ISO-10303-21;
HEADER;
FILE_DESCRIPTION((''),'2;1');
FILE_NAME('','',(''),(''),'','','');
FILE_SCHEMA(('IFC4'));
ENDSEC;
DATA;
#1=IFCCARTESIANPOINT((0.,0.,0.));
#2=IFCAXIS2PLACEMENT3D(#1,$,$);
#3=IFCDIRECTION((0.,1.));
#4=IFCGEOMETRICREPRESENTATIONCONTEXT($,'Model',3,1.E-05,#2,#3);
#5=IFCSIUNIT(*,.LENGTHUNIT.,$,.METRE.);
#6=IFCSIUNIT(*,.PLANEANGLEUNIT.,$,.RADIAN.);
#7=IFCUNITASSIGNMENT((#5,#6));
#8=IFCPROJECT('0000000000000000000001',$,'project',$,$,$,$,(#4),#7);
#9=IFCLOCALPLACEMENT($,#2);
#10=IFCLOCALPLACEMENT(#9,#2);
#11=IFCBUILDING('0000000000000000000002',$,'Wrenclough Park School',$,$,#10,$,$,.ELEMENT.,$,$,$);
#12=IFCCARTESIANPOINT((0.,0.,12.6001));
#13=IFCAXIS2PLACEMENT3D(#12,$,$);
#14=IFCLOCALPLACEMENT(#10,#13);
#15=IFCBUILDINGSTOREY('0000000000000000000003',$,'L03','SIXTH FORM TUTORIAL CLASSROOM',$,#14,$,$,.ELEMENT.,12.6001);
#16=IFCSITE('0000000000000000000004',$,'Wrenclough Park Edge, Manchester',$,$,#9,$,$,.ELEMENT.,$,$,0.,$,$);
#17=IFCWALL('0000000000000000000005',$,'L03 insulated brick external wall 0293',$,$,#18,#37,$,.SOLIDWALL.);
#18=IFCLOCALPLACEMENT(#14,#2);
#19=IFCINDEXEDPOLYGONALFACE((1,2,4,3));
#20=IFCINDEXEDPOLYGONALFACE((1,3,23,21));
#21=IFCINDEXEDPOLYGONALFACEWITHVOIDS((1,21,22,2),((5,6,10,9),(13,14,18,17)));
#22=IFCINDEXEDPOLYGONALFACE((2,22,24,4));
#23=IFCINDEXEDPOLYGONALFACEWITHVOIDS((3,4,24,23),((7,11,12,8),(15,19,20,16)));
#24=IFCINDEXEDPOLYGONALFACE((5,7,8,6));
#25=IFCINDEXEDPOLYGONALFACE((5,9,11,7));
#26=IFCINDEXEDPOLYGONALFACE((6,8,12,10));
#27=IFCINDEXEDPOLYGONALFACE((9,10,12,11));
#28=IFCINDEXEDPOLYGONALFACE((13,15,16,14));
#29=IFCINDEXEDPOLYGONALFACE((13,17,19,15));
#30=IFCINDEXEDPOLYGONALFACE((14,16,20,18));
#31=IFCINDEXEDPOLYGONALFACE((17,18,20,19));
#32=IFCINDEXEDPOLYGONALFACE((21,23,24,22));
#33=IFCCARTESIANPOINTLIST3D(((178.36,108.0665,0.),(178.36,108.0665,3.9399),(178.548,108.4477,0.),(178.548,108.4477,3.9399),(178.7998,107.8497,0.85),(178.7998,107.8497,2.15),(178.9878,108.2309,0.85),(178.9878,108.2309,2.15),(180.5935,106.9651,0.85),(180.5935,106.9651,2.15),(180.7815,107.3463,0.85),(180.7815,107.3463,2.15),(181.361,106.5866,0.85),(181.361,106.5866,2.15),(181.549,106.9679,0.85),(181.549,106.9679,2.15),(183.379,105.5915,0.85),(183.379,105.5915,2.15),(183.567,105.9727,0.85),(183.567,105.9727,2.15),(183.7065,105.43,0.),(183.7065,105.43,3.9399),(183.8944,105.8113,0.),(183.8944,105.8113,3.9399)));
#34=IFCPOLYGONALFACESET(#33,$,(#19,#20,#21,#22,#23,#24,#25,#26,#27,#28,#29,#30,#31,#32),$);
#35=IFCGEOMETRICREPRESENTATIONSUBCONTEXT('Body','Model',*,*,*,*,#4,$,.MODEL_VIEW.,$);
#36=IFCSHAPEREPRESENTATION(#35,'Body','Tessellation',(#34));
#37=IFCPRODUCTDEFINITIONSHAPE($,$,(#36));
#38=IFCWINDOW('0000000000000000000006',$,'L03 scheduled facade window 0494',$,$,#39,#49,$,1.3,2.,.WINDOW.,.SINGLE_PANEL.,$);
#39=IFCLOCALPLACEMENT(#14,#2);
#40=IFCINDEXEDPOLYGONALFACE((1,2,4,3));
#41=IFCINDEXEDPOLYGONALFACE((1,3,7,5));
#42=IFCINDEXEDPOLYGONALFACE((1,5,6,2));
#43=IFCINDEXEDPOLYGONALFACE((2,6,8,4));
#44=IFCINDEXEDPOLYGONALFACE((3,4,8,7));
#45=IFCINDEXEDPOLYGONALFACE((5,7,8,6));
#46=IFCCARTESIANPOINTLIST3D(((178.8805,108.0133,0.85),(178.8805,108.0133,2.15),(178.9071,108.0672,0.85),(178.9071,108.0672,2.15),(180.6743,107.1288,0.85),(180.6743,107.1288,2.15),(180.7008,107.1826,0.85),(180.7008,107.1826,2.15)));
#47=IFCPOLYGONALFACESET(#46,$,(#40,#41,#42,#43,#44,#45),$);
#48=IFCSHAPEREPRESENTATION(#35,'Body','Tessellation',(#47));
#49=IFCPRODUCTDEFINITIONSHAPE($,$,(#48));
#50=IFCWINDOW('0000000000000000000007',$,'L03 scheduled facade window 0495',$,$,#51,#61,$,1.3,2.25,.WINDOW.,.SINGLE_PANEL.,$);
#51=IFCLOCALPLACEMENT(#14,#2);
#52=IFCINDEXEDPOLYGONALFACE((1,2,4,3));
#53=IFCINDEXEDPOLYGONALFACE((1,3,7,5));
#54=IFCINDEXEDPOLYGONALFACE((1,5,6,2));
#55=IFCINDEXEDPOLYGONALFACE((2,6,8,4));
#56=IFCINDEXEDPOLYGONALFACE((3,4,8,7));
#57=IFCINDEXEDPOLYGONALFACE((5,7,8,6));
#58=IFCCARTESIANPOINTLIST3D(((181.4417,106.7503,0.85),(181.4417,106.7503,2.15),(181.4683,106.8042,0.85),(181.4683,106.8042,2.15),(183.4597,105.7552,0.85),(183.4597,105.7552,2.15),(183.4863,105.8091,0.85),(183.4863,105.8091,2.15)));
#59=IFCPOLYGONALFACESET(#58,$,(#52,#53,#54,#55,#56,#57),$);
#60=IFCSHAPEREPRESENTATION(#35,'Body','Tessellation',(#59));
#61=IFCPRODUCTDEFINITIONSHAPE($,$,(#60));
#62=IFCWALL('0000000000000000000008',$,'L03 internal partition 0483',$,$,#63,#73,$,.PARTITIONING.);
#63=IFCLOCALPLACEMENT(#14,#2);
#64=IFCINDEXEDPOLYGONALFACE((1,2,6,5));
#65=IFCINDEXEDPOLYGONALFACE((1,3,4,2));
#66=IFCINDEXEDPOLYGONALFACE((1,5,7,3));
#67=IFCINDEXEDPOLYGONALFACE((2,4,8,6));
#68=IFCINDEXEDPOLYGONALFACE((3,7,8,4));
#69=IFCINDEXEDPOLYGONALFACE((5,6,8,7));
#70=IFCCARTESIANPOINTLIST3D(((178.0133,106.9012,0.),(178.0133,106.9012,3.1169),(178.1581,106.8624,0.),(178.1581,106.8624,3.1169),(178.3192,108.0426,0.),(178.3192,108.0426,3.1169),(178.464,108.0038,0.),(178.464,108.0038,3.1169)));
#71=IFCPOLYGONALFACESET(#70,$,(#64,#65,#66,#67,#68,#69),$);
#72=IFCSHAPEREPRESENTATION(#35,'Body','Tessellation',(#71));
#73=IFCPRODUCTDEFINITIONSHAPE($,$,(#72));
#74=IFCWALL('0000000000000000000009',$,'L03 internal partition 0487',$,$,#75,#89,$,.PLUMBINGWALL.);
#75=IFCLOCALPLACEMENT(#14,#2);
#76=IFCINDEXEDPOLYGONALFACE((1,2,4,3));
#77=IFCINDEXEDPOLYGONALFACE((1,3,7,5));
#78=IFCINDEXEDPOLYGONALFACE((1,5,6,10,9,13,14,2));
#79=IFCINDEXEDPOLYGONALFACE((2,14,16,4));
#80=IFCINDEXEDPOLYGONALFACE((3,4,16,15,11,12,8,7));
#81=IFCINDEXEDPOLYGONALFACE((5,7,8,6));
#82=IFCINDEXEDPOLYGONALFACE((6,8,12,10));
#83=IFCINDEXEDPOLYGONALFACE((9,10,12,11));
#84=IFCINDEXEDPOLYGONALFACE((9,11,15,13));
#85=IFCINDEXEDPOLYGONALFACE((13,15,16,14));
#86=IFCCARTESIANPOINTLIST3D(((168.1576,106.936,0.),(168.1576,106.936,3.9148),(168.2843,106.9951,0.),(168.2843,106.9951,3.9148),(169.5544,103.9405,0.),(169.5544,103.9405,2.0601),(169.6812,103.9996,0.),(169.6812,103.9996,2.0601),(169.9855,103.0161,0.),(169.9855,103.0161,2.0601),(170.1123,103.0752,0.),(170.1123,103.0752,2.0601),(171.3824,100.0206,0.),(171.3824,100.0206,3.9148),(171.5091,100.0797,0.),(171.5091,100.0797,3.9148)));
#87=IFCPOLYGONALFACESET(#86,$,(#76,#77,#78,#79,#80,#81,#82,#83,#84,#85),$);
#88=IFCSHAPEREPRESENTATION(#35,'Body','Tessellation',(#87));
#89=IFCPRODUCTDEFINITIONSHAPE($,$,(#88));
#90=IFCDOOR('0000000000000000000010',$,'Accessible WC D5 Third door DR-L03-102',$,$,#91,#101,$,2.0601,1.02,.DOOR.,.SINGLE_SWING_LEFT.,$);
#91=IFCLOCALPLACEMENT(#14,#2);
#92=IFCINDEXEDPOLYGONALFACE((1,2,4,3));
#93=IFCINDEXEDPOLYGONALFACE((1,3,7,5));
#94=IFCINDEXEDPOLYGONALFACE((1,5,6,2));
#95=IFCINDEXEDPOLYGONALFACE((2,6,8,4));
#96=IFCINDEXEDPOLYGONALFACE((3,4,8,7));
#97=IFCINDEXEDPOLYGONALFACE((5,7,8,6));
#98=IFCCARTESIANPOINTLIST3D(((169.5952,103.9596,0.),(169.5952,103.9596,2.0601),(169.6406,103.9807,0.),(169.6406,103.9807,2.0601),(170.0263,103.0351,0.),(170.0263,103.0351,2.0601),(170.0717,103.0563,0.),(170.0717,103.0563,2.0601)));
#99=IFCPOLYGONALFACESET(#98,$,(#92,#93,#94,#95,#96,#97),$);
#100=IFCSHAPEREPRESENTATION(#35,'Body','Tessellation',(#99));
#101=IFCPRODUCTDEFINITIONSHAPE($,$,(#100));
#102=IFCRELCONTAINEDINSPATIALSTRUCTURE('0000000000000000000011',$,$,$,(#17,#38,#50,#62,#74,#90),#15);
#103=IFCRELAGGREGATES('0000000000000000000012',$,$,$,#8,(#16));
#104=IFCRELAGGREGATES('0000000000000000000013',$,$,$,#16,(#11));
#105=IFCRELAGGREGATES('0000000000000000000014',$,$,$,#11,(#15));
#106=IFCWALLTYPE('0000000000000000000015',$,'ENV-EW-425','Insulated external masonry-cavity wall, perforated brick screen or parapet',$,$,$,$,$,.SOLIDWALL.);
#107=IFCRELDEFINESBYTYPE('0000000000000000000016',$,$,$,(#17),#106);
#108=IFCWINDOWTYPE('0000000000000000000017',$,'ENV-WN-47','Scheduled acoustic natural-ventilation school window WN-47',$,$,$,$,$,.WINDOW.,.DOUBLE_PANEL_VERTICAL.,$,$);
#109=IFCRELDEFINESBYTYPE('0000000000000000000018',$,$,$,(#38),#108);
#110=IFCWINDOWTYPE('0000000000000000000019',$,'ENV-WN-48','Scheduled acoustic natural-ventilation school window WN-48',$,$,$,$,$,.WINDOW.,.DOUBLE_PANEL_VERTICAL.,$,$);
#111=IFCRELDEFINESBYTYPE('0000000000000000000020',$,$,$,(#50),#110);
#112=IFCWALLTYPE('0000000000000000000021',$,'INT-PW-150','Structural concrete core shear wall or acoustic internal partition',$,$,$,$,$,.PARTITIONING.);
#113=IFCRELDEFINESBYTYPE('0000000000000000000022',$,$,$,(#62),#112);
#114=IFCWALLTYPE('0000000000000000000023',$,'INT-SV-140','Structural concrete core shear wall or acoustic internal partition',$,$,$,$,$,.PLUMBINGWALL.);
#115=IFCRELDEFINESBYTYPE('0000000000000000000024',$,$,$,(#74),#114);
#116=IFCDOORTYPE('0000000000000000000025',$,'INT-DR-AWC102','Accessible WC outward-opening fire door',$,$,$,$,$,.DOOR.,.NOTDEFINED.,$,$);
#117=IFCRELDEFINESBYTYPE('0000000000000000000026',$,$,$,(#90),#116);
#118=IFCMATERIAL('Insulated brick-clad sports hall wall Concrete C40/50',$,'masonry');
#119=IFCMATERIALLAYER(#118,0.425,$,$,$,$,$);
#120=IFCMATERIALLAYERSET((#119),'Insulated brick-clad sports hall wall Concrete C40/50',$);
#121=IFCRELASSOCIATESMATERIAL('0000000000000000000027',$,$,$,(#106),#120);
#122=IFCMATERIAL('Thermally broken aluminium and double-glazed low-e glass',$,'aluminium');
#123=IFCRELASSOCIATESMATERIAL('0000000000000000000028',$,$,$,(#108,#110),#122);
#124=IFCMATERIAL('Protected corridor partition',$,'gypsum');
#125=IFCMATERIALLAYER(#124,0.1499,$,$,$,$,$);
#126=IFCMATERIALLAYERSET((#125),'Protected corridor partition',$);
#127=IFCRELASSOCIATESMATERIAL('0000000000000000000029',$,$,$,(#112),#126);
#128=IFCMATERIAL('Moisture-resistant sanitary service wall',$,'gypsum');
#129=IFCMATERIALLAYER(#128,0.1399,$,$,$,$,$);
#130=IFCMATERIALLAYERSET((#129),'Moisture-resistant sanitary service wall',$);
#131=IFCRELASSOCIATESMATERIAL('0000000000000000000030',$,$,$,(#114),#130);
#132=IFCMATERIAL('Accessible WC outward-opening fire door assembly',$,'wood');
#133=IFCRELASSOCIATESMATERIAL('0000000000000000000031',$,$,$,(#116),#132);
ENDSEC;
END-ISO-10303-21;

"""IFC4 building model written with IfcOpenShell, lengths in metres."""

from ifc_helpers import new_model, si_unit, direction, frame, frame_2d, origin, place, context, subcontext, project, spatial, rectangle, extrude, material, layer, layer_set, type_object, element, fill, save


model = new_model("IFC4")

# Units and contexts
model_context = context("Model", 3, precision=1e-05, world=origin(), true_north=direction((0.0, 1.0)))
body_context = subcontext(model_context, "Body", "Model", "MODEL_VIEW")
ifc_project = project(units=[si_unit("LENGTHUNIT", "METRE"), si_unit("PLANEANGLEUNIT", "RADIAN")], contexts=[model_context])

# Site, building, storey
site_placement = place(None, origin())
site = spatial("IfcSite", under=ifc_project, at=site_placement, Name="Wrenclough Park Edge, Manchester", CompositionType="ELEMENT", RefElevation=0.0)
building_placement = place(site_placement, origin())
building = spatial("IfcBuilding", under=site, at=building_placement, Name="Wrenclough Park School", CompositionType="ELEMENT")
storey_placement = place(building_placement, frame((0.0, 0.0, 12.6001)))
storey = spatial("IfcBuildingStorey", under=building, at=storey_placement, Name="L03", Description="SIXTH FORM TUTORIAL CLASSROOM", CompositionType="ELEMENT", Elevation=12.6001)

# Wall, openings, windows
ifc_material_1 = material(Name="Thermally broken aluminium and double-glazed low-e glass", Category="aluminium")
ifc_material_2 = material(Name="Insulated brick-clad sports hall wall Concrete C40/50", Category="masonry")
ifc_layer_1 = layer(ifc_material_2, 0.425)
ifc_layer_set_1 = layer_set([ifc_layer_1], Name="Insulated brick-clad sports hall wall Concrete C40/50")
wall_type_1 = type_object("IfcWallType", Name="ENV-EW-425", Description="Insulated external masonry-cavity wall, perforated brick screen or parapet", PredefinedType="SOLIDWALL", material=ifc_layer_set_1)
wall_1_placement = place(storey_placement, frame((178.4541, 108.2571, 0.0), z_axis=(0.0, 0.0, 1.0), x_axis=(0.896879, -0.442276, 0.0)))
wall_1 = element("IfcWall", 1, at=wall_1_placement, inside=storey, type_object=wall_type_1, Name="L03 insulated brick external wall 0293", PredefinedType="SOLIDWALL", context=body_context, shape_type="SweptSolid", body=[
    extrude(rectangle(XDim=5.9612, YDim=0.425, at=frame_2d((2.9805, 0.0))), origin(), (0.0, 0.0, 1.0), 3.9399),
])
opening_1_placement = place(wall_1_placement, frame((0.4902, 0.0, 0.8501)))
opening_1 = element("IfcOpeningElement", 2, at=opening_1_placement, cuts=wall_1, PredefinedType="OPENING", context=body_context, shape_type="SweptSolid", body=[
    extrude(rectangle(XDim=2.0, YDim=1.3, at=frame_2d((1.0, 0.6499))), frame((0.0, 0.2224, 0.0), z_axis=(0.0, -1.0, 0.0), x_axis=(1.0, 0.0, 0.0)), (0.0, 0.0, 1.0), 0.4451),
])
opening_2_placement = place(wall_1_placement, frame((3.3459, 0.0, 0.8501)))
opening_2 = element("IfcOpeningElement", 3, at=opening_2_placement, cuts=wall_1, PredefinedType="OPENING", context=body_context, shape_type="SweptSolid", body=[
    extrude(rectangle(XDim=2.25, YDim=1.3, at=frame_2d((1.125, 0.6499))), frame((0.0, 0.2224, 0.0), z_axis=(0.0, -1.0, 0.0), x_axis=(1.0, 0.0, 0.0)), (0.0, 0.0, 1.0), 0.4451),
])
window_type_1 = type_object("IfcWindowType", Name="ENV-WN-47", Description="Scheduled acoustic natural-ventilation school window WN-47", PartitioningType="DOUBLE_PANEL_VERTICAL", PredefinedType="WINDOW", material=ifc_material_1)
window_1_placement = place(opening_1_placement, origin())
window_1 = element("IfcWindow", 4, at=window_1_placement, inside=storey, type_object=window_type_1, Name="L03 scheduled facade window 0494", OverallHeight=1.3, OverallWidth=2.0, PartitioningType="SINGLE_PANEL", PredefinedType="WINDOW", context=body_context, shape_type="SweptSolid", body=[
    extrude(rectangle(XDim=2.0, YDim=1.3, at=frame_2d((1.0, 0.6499))), frame((0.0, 0.03, 0.0), z_axis=(0.0, -1.0, 0.0), x_axis=(1.0, 0.0, 0.0)), (0.0, 0.0, 1.0), 0.0601),
])
fill(opening_1, window_1)
window_type_2 = type_object("IfcWindowType", Name="ENV-WN-48", Description="Scheduled acoustic natural-ventilation school window WN-48", PartitioningType="DOUBLE_PANEL_VERTICAL", PredefinedType="WINDOW", material=ifc_material_1)
window_2_placement = place(opening_2_placement, origin())
window_2 = element("IfcWindow", 5, at=window_2_placement, inside=storey, type_object=window_type_2, Name="L03 scheduled facade window 0495", OverallHeight=1.3, OverallWidth=2.25, PartitioningType="SINGLE_PANEL", PredefinedType="WINDOW", context=body_context, shape_type="SweptSolid", body=[
    extrude(rectangle(XDim=2.25, YDim=1.3, at=frame_2d((1.125, 0.6499))), frame((0.0, 0.03, 0.0), z_axis=(0.0, -1.0, 0.0), x_axis=(1.0, 0.0, 0.0)), (0.0, 0.0, 1.0), 0.0601),
])
fill(opening_2, window_2)

# Wall
ifc_material_3 = material(Name="Protected corridor partition", Category="gypsum")
ifc_layer_2 = layer(ifc_material_3, 0.1499)
ifc_layer_set_2 = layer_set([ifc_layer_2], Name="Protected corridor partition")
wall_type_2 = type_object("IfcWallType", Name="INT-PW-150", Description="Structural concrete core shear wall or acoustic internal partition", PredefinedType="PARTITIONING", material=ifc_layer_set_2)
wall_2_placement = place(storey_placement, frame((178.3916, 108.0232, 0.0), z_axis=(0.0, 0.0, 1.0), x_axis=(-0.258884, -0.965908, 0.0)))
element("IfcWall", 6, at=wall_2_placement, inside=storey, type_object=wall_type_2, Name="L03 internal partition 0483", PredefinedType="PARTITIONING", context=body_context, shape_type="SweptSolid", body=[
    extrude(rectangle(XDim=1.1816, YDim=0.1499, at=frame_2d((0.5908, 0.0))), origin(), (0.0, 0.0, 1.0), 3.1169),
])

# Wall, opening, door
ifc_material_4 = material(Name="Moisture-resistant sanitary service wall", Category="gypsum")
ifc_layer_3 = layer(ifc_material_4, 0.1399)
ifc_layer_set_3 = layer_set([ifc_layer_3], Name="Moisture-resistant sanitary service wall")
wall_type_3 = type_object("IfcWallType", Name="INT-SV-140", Description="Structural concrete core shear wall or acoustic internal partition", PredefinedType="PLUMBINGWALL", material=ifc_layer_set_3)
wall_3_placement = place(storey_placement, frame((168.2209, 106.9656, 0.0), z_axis=(0.0, 0.0, 1.0), x_axis=(0.422628, -0.906303, 0.0)))
wall_3 = element("IfcWall", 7, at=wall_3_placement, inside=storey, type_object=wall_type_3, Name="L03 internal partition 0487", PredefinedType="PLUMBINGWALL", context=body_context, shape_type="SweptSolid", body=[
    extrude(rectangle(XDim=7.6304, YDim=0.1399, at=frame_2d((3.8152, 0.0))), origin(), (0.0, 0.0, 1.0), 3.9148),
])
opening_3_placement = place(wall_3_placement, frame((3.3052, 0.0, 0.0)))
opening_3 = element("IfcOpeningElement", 8, at=opening_3_placement, cuts=wall_3, PredefinedType="OPENING", context=body_context, shape_type="SweptSolid", body=[
    extrude(rectangle(XDim=1.02, YDim=2.0601, at=frame_2d((0.51, 1.03))), frame((0.0, 0.0798, 0.0), z_axis=(0.0, -1.0, 0.0), x_axis=(1.0, 0.0, 0.0)), (0.0, 0.0, 1.0), 0.1599),
])
ifc_material_5 = material(Name="Accessible WC outward-opening fire door assembly", Category="wood")
door_type = type_object("IfcDoorType", Name="INT-DR-AWC102", Description="Accessible WC outward-opening fire door", OperationType="NOTDEFINED", PredefinedType="DOOR", material=ifc_material_5)
door_placement = place(opening_3_placement, frame((1.02, 0.0, 0.0), z_axis=(0.0, 0.0, 1.0), x_axis=(-1.0, 0.0, 0.0)))
door = element("IfcDoor", 9, at=door_placement, inside=storey, type_object=door_type, Name="Accessible WC D5 Third door DR-L03-102", OperationType="SINGLE_SWING_LEFT", OverallHeight=2.0601, OverallWidth=1.02, PredefinedType="DOOR", context=body_context, shape_type="SweptSolid", body=[
    extrude(rectangle(XDim=1.02, YDim=2.0601, at=frame_2d((0.51, 1.03))), frame((0.0, 0.0249, 0.0), z_axis=(0.0, -1.0, 0.0), x_axis=(1.0, 0.0, 0.0)), (0.0, 0.0, 1.0), 0.05),
])
fill(opening_3, door)

save(model, "model.ifc")
